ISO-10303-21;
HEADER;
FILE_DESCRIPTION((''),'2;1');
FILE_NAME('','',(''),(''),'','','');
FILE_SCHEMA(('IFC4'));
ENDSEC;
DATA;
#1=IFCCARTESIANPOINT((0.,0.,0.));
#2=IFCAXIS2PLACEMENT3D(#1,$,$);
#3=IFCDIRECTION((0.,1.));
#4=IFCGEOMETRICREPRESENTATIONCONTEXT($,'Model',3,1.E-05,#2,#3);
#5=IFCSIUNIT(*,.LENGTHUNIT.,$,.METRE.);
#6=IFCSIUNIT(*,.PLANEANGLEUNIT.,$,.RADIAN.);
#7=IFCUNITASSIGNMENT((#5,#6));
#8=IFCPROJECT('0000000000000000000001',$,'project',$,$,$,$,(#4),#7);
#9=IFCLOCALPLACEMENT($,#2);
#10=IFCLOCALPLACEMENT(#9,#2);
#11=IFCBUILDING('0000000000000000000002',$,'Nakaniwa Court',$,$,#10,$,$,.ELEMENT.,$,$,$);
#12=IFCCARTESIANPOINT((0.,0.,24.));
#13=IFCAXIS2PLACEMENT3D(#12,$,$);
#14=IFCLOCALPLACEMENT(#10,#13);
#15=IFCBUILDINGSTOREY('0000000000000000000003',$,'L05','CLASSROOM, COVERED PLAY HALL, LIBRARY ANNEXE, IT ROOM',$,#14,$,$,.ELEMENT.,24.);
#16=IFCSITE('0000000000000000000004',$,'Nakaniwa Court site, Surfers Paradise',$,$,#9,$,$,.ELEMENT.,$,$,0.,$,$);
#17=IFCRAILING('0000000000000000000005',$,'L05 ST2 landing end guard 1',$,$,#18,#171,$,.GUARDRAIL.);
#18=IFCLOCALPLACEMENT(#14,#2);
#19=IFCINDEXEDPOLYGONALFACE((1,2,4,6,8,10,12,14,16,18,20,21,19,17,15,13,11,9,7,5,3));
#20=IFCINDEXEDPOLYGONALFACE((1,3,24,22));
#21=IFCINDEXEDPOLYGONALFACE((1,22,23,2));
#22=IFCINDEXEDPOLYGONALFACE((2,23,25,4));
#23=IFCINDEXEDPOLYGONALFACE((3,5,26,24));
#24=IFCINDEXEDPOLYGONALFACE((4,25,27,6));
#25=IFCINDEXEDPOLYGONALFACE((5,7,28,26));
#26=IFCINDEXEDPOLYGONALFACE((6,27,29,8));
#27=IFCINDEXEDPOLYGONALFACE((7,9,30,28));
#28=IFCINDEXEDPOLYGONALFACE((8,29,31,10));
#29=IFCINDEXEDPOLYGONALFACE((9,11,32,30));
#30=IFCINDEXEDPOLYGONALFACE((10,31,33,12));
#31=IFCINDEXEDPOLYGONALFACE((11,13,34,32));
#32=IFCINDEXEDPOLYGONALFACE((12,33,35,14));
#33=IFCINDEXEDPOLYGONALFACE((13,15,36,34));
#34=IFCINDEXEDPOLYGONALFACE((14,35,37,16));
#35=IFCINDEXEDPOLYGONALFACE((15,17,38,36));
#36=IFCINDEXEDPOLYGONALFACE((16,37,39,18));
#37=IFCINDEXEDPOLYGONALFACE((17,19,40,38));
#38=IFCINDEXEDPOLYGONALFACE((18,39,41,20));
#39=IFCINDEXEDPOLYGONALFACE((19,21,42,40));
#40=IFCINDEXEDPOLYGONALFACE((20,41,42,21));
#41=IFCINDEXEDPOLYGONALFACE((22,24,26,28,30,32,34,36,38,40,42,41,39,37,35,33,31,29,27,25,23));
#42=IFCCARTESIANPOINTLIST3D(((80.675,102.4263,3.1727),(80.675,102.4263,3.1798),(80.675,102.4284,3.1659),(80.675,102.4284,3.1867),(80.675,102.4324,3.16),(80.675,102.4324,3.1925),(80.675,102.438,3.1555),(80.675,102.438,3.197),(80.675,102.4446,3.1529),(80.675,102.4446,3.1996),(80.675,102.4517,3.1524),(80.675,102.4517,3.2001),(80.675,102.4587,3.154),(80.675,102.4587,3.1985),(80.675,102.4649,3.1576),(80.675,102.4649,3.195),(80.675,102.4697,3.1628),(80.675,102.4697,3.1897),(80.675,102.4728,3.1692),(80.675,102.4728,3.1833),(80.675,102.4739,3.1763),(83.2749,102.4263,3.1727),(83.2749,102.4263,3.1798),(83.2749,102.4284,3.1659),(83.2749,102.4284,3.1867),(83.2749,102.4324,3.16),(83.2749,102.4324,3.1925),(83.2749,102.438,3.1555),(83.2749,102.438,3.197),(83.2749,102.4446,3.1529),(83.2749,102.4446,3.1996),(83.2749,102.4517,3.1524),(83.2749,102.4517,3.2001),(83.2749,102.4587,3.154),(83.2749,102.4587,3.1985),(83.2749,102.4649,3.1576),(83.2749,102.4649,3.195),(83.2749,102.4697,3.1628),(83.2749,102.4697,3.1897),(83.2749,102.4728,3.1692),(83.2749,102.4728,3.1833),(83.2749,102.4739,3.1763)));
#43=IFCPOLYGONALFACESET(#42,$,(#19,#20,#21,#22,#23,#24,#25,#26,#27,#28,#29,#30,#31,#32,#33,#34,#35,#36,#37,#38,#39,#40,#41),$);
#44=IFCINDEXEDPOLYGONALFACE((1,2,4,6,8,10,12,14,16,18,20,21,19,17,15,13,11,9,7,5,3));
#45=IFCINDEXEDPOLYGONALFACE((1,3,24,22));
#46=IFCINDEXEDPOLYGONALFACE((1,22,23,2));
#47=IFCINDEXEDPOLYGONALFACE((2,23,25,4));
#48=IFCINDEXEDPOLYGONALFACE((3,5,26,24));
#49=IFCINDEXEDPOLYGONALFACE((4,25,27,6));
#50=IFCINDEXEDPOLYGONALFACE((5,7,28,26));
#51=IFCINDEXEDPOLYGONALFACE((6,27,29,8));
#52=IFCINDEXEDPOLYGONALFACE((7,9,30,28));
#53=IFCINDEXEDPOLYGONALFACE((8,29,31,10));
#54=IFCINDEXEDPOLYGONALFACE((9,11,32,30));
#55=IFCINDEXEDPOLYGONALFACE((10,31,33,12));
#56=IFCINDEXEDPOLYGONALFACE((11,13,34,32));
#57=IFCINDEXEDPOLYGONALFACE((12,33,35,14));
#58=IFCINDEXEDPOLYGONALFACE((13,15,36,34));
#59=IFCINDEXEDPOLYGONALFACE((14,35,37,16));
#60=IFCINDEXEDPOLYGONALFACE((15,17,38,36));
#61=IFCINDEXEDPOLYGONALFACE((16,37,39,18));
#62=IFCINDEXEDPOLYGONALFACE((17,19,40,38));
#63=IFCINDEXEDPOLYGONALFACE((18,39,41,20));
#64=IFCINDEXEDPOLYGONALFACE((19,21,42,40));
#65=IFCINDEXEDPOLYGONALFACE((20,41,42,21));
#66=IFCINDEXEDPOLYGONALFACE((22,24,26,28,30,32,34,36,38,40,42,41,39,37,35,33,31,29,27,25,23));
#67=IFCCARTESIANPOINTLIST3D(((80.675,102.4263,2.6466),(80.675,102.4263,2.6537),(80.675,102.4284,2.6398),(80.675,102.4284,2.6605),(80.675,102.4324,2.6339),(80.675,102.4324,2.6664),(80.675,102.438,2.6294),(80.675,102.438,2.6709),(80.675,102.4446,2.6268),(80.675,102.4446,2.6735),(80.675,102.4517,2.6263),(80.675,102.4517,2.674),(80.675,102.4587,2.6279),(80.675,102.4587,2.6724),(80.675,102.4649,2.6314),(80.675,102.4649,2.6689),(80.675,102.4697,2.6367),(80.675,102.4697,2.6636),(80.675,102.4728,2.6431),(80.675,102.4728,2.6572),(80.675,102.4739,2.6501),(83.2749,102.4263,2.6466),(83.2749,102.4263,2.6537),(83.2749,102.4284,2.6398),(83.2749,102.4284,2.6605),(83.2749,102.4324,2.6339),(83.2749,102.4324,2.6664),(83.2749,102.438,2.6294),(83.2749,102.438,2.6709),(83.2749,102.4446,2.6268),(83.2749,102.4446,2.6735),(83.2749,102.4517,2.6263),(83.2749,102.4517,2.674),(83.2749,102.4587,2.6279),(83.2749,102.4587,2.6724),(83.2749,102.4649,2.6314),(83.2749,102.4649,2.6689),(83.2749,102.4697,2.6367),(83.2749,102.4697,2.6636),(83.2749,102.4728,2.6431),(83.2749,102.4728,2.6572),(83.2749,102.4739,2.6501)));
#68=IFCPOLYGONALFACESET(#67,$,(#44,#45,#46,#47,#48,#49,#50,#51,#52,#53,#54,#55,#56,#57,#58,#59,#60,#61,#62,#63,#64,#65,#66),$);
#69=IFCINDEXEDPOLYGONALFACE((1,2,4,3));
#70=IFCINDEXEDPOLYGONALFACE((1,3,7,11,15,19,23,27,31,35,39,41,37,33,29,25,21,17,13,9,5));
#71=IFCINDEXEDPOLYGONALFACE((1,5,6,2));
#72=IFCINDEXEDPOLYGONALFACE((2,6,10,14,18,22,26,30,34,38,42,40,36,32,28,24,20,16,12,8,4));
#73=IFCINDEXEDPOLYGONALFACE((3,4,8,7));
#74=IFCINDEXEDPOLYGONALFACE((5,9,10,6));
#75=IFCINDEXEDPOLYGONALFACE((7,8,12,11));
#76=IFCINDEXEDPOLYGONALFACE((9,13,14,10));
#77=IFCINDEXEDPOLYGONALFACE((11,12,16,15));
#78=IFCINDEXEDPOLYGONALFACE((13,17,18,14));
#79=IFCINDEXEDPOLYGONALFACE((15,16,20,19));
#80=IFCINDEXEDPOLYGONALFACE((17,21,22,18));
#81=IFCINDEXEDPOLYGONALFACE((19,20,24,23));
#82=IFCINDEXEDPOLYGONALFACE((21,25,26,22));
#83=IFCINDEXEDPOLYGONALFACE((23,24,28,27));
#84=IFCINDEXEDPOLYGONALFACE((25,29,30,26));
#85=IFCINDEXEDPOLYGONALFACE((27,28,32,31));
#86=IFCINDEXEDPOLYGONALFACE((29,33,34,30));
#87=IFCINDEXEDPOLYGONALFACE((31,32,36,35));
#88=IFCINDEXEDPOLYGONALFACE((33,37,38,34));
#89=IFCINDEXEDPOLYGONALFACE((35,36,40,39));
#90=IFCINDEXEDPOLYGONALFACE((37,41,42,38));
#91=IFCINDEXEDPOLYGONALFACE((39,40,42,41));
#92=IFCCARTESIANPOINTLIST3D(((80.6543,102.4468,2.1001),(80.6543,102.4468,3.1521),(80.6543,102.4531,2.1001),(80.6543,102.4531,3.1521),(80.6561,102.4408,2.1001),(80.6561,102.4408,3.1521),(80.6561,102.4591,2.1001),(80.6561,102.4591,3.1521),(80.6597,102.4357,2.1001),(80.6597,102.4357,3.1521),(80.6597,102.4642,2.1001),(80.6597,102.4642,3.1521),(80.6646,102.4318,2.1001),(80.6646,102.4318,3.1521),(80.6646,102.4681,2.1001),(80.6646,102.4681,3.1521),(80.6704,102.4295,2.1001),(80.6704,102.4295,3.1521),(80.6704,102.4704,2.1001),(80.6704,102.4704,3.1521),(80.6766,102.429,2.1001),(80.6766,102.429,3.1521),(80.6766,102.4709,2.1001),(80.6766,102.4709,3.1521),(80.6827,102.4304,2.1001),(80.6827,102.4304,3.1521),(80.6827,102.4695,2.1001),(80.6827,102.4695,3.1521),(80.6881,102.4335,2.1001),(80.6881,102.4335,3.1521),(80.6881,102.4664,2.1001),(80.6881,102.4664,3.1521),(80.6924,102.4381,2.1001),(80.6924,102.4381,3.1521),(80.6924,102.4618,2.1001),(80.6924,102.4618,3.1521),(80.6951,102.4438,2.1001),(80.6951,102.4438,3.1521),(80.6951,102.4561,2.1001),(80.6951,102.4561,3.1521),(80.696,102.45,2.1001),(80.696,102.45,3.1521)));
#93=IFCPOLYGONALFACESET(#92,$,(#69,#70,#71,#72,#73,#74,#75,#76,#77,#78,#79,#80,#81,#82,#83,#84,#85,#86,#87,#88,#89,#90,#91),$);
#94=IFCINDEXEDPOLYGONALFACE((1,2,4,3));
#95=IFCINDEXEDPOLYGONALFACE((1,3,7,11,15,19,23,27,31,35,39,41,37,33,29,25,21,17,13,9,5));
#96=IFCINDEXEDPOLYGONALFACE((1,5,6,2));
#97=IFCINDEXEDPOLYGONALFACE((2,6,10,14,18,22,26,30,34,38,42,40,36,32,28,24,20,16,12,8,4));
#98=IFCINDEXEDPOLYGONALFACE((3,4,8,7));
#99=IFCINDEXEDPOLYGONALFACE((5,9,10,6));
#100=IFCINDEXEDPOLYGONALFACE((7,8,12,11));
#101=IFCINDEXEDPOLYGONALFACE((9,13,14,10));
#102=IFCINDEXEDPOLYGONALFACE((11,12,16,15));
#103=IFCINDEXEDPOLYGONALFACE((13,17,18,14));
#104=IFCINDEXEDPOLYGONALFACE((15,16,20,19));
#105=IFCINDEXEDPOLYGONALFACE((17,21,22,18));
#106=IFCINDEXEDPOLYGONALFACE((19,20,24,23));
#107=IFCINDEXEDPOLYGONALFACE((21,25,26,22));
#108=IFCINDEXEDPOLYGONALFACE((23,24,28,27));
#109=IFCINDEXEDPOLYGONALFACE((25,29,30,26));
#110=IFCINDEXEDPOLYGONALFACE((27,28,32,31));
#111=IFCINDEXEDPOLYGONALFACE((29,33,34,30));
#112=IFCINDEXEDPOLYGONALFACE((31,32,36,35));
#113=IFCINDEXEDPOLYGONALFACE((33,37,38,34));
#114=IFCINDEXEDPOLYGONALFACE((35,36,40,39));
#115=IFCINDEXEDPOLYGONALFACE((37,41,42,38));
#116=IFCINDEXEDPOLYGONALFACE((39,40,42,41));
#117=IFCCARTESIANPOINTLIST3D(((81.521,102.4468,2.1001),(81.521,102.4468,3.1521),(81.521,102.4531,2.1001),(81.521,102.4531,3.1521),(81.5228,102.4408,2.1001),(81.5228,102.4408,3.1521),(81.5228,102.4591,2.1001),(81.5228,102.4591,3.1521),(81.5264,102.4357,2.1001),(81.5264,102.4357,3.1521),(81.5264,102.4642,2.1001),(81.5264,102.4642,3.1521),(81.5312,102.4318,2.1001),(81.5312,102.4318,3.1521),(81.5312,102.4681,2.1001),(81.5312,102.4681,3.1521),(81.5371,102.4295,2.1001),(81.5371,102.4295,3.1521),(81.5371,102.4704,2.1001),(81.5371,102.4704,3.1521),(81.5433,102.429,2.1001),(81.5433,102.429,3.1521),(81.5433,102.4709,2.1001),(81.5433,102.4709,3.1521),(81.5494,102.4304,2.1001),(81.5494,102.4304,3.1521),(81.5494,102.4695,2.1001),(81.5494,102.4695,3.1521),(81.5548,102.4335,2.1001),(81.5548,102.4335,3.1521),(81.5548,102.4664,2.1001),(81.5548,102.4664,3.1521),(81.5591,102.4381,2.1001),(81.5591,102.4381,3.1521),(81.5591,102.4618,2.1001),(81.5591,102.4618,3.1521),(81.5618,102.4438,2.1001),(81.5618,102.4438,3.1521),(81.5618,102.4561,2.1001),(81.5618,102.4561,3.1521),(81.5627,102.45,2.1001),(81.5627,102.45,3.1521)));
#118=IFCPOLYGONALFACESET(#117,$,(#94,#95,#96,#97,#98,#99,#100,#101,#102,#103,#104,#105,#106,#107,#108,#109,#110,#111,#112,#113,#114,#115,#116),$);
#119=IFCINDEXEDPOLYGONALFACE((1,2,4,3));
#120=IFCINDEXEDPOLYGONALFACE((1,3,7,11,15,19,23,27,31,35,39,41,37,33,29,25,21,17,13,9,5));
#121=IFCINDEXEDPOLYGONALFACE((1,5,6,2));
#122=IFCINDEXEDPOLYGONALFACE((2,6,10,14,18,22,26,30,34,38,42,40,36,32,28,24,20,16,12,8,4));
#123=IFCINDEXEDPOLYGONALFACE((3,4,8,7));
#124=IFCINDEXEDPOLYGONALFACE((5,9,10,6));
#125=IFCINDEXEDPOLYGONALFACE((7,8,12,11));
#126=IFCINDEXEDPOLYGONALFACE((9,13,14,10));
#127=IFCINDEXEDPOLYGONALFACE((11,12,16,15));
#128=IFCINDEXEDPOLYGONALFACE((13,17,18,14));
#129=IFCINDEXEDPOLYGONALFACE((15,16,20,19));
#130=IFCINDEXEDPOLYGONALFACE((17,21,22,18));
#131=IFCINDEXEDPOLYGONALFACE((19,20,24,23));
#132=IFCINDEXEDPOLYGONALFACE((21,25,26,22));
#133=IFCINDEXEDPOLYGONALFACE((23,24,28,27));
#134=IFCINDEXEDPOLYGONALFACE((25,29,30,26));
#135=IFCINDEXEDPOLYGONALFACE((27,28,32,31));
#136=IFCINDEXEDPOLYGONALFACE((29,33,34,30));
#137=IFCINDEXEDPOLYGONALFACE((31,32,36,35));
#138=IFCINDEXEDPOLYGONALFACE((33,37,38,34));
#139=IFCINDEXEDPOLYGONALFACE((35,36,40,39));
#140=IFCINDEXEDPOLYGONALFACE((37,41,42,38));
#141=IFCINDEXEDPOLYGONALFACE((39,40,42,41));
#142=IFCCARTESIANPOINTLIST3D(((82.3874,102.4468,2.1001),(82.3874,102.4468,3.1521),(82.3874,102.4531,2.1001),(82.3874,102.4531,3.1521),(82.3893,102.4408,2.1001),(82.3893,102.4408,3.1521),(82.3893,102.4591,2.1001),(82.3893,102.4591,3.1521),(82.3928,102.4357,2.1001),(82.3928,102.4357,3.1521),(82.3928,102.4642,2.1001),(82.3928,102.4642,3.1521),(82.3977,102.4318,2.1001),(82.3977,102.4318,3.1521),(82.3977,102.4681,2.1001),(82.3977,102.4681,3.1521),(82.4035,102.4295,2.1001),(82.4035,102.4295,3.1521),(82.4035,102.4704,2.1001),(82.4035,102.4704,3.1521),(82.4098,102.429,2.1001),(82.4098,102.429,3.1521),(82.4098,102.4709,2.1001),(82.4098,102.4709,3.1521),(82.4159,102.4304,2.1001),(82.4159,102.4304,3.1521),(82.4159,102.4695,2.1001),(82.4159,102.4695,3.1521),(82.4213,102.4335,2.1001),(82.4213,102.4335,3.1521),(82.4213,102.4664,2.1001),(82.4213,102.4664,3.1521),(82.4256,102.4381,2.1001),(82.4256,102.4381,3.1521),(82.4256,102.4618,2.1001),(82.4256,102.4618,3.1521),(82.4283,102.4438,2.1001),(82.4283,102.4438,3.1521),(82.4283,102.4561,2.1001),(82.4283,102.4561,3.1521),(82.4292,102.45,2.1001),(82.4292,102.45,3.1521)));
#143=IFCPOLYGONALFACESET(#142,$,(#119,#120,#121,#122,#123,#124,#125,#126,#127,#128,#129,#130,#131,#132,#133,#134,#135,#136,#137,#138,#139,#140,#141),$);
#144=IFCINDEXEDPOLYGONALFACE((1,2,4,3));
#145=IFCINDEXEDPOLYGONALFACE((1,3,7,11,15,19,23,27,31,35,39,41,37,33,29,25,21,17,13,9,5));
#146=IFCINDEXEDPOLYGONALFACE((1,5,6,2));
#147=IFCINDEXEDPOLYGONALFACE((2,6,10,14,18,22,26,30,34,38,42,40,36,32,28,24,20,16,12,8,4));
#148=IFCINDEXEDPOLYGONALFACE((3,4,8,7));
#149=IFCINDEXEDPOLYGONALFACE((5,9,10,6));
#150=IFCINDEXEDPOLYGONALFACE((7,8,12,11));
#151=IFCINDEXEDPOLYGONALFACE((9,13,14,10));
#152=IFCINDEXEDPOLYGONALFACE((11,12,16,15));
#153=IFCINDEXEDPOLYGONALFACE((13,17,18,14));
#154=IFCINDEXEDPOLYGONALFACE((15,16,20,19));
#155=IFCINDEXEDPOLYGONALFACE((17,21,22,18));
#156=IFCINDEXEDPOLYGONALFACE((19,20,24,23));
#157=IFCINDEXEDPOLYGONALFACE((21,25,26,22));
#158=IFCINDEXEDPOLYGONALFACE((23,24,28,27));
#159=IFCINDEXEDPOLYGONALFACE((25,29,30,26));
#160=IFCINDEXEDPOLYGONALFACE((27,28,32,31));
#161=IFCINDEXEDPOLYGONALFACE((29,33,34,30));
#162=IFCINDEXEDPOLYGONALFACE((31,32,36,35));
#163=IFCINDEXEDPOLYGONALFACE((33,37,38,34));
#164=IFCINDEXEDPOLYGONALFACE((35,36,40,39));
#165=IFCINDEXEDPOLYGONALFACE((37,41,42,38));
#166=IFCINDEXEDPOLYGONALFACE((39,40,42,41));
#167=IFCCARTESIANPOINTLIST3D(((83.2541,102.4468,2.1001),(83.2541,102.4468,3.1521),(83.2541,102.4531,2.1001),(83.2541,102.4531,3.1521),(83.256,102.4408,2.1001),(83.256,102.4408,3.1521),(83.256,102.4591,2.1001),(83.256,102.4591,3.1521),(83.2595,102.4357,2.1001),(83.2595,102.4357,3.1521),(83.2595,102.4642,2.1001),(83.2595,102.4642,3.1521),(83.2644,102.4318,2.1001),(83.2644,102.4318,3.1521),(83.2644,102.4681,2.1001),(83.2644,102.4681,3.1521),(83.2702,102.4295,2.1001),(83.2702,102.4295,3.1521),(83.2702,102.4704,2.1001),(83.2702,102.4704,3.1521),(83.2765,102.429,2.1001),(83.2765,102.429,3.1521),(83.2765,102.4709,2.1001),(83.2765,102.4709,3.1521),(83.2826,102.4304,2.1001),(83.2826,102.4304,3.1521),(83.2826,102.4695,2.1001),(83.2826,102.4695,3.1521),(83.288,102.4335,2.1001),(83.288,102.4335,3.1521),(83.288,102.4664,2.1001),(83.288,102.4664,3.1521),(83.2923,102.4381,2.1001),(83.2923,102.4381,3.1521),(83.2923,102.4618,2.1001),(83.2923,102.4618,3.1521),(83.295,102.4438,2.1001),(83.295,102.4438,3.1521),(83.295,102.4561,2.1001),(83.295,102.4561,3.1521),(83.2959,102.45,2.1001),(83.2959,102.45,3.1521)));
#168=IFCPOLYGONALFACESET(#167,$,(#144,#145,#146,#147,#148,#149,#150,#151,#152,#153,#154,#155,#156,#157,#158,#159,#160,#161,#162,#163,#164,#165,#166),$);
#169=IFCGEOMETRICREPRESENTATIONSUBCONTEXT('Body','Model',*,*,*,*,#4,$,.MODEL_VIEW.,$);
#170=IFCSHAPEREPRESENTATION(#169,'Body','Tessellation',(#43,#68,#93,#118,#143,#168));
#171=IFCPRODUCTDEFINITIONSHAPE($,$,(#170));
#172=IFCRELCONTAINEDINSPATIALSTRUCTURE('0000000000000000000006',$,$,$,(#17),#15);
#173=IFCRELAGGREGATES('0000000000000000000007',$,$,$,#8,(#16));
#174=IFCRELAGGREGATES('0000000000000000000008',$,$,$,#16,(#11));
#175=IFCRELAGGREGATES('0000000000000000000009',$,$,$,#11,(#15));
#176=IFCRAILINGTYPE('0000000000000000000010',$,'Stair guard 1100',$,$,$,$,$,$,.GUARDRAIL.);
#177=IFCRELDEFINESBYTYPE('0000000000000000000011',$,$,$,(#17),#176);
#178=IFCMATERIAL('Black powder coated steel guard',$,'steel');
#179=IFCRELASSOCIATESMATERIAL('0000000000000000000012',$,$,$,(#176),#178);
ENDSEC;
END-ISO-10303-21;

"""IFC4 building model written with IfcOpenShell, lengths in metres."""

from ifc_helpers import new_model, si_unit, direction, frame, origin, origin_2d, place, context, subcontext, project, spatial, circle, extrude, material, type_object, element, save


model = new_model("IFC4")

# Units and contexts
model_context = context("Model", 3, precision=1e-05, world=origin(), true_north=direction((0.0, 1.0)))
body_context = subcontext(model_context, "Body", "Model", "MODEL_VIEW")
ifc_project = project(units=[si_unit("LENGTHUNIT", "METRE"), si_unit("PLANEANGLEUNIT", "RADIAN")], contexts=[model_context])

# Site, building, storey
site_placement = place(None, origin())
site = spatial("IfcSite", under=ifc_project, at=site_placement, Name="Nakaniwa Court site, Surfers Paradise", CompositionType="ELEMENT", RefElevation=0.0)
building_placement = place(site_placement, origin())
building = spatial("IfcBuilding", under=site, at=building_placement, Name="Nakaniwa Court", CompositionType="ELEMENT")
storey_placement = place(building_placement, frame((0.0, 0.0, 24.0)))
storey = spatial("IfcBuildingStorey", under=building, at=storey_placement, Name="L05", Description="CLASSROOM, COVERED PLAY HALL, LIBRARY ANNEXE, IT ROOM", CompositionType="ELEMENT", Elevation=24.0)

# Railing
ifc_material_1 = material(Name="Black powder coated steel guard", Category="steel")
railing_type_1 = type_object("IfcRailingType", Name="Stair guard 1100", PredefinedType="GUARDRAIL", material=ifc_material_1)
railing_1_placement = place(storey_placement, frame((80.675, 102.45, 2.1001)))
element("IfcRailing", 1, at=railing_1_placement, inside=storey, type_object=railing_type_1, Name="L05 ST2 landing end guard 1", PredefinedType="GUARDRAIL", context=body_context, shape_type="SweptSolid", body=[
    extrude(circle(Radius=0.0239, at=origin_2d()), frame((0.0, 0.0, 1.0762), z_axis=(1.0, 0.0, 0.0), x_axis=(0.0, 1.0, 0.0)), (0.0, 0.0, 1.0), 2.5999),
    extrude(circle(Radius=0.0239, at=origin_2d()), frame((0.0, 0.0, 0.55), z_axis=(1.0, 0.0, 0.0), x_axis=(0.0, 1.0, 0.0)), (0.0, 0.0, 1.0), 2.5999),
    extrude(circle(Radius=0.021, at=origin_2d()), origin(), (0.0, 0.0, 1.0), 1.052),
    extrude(circle(Radius=0.021, at=origin_2d()), frame((0.8667, 0.0, 0.0)), (0.0, 0.0, 1.0), 1.052),
    extrude(circle(Radius=0.021, at=origin_2d()), frame((1.7332, 0.0, 0.0)), (0.0, 0.0, 1.0), 1.052),
    extrude(circle(Radius=0.021, at=origin_2d()), frame((2.5999, 0.0, 0.0)), (0.0, 0.0, 1.0), 1.052),
])

save(model, "model.ifc")
